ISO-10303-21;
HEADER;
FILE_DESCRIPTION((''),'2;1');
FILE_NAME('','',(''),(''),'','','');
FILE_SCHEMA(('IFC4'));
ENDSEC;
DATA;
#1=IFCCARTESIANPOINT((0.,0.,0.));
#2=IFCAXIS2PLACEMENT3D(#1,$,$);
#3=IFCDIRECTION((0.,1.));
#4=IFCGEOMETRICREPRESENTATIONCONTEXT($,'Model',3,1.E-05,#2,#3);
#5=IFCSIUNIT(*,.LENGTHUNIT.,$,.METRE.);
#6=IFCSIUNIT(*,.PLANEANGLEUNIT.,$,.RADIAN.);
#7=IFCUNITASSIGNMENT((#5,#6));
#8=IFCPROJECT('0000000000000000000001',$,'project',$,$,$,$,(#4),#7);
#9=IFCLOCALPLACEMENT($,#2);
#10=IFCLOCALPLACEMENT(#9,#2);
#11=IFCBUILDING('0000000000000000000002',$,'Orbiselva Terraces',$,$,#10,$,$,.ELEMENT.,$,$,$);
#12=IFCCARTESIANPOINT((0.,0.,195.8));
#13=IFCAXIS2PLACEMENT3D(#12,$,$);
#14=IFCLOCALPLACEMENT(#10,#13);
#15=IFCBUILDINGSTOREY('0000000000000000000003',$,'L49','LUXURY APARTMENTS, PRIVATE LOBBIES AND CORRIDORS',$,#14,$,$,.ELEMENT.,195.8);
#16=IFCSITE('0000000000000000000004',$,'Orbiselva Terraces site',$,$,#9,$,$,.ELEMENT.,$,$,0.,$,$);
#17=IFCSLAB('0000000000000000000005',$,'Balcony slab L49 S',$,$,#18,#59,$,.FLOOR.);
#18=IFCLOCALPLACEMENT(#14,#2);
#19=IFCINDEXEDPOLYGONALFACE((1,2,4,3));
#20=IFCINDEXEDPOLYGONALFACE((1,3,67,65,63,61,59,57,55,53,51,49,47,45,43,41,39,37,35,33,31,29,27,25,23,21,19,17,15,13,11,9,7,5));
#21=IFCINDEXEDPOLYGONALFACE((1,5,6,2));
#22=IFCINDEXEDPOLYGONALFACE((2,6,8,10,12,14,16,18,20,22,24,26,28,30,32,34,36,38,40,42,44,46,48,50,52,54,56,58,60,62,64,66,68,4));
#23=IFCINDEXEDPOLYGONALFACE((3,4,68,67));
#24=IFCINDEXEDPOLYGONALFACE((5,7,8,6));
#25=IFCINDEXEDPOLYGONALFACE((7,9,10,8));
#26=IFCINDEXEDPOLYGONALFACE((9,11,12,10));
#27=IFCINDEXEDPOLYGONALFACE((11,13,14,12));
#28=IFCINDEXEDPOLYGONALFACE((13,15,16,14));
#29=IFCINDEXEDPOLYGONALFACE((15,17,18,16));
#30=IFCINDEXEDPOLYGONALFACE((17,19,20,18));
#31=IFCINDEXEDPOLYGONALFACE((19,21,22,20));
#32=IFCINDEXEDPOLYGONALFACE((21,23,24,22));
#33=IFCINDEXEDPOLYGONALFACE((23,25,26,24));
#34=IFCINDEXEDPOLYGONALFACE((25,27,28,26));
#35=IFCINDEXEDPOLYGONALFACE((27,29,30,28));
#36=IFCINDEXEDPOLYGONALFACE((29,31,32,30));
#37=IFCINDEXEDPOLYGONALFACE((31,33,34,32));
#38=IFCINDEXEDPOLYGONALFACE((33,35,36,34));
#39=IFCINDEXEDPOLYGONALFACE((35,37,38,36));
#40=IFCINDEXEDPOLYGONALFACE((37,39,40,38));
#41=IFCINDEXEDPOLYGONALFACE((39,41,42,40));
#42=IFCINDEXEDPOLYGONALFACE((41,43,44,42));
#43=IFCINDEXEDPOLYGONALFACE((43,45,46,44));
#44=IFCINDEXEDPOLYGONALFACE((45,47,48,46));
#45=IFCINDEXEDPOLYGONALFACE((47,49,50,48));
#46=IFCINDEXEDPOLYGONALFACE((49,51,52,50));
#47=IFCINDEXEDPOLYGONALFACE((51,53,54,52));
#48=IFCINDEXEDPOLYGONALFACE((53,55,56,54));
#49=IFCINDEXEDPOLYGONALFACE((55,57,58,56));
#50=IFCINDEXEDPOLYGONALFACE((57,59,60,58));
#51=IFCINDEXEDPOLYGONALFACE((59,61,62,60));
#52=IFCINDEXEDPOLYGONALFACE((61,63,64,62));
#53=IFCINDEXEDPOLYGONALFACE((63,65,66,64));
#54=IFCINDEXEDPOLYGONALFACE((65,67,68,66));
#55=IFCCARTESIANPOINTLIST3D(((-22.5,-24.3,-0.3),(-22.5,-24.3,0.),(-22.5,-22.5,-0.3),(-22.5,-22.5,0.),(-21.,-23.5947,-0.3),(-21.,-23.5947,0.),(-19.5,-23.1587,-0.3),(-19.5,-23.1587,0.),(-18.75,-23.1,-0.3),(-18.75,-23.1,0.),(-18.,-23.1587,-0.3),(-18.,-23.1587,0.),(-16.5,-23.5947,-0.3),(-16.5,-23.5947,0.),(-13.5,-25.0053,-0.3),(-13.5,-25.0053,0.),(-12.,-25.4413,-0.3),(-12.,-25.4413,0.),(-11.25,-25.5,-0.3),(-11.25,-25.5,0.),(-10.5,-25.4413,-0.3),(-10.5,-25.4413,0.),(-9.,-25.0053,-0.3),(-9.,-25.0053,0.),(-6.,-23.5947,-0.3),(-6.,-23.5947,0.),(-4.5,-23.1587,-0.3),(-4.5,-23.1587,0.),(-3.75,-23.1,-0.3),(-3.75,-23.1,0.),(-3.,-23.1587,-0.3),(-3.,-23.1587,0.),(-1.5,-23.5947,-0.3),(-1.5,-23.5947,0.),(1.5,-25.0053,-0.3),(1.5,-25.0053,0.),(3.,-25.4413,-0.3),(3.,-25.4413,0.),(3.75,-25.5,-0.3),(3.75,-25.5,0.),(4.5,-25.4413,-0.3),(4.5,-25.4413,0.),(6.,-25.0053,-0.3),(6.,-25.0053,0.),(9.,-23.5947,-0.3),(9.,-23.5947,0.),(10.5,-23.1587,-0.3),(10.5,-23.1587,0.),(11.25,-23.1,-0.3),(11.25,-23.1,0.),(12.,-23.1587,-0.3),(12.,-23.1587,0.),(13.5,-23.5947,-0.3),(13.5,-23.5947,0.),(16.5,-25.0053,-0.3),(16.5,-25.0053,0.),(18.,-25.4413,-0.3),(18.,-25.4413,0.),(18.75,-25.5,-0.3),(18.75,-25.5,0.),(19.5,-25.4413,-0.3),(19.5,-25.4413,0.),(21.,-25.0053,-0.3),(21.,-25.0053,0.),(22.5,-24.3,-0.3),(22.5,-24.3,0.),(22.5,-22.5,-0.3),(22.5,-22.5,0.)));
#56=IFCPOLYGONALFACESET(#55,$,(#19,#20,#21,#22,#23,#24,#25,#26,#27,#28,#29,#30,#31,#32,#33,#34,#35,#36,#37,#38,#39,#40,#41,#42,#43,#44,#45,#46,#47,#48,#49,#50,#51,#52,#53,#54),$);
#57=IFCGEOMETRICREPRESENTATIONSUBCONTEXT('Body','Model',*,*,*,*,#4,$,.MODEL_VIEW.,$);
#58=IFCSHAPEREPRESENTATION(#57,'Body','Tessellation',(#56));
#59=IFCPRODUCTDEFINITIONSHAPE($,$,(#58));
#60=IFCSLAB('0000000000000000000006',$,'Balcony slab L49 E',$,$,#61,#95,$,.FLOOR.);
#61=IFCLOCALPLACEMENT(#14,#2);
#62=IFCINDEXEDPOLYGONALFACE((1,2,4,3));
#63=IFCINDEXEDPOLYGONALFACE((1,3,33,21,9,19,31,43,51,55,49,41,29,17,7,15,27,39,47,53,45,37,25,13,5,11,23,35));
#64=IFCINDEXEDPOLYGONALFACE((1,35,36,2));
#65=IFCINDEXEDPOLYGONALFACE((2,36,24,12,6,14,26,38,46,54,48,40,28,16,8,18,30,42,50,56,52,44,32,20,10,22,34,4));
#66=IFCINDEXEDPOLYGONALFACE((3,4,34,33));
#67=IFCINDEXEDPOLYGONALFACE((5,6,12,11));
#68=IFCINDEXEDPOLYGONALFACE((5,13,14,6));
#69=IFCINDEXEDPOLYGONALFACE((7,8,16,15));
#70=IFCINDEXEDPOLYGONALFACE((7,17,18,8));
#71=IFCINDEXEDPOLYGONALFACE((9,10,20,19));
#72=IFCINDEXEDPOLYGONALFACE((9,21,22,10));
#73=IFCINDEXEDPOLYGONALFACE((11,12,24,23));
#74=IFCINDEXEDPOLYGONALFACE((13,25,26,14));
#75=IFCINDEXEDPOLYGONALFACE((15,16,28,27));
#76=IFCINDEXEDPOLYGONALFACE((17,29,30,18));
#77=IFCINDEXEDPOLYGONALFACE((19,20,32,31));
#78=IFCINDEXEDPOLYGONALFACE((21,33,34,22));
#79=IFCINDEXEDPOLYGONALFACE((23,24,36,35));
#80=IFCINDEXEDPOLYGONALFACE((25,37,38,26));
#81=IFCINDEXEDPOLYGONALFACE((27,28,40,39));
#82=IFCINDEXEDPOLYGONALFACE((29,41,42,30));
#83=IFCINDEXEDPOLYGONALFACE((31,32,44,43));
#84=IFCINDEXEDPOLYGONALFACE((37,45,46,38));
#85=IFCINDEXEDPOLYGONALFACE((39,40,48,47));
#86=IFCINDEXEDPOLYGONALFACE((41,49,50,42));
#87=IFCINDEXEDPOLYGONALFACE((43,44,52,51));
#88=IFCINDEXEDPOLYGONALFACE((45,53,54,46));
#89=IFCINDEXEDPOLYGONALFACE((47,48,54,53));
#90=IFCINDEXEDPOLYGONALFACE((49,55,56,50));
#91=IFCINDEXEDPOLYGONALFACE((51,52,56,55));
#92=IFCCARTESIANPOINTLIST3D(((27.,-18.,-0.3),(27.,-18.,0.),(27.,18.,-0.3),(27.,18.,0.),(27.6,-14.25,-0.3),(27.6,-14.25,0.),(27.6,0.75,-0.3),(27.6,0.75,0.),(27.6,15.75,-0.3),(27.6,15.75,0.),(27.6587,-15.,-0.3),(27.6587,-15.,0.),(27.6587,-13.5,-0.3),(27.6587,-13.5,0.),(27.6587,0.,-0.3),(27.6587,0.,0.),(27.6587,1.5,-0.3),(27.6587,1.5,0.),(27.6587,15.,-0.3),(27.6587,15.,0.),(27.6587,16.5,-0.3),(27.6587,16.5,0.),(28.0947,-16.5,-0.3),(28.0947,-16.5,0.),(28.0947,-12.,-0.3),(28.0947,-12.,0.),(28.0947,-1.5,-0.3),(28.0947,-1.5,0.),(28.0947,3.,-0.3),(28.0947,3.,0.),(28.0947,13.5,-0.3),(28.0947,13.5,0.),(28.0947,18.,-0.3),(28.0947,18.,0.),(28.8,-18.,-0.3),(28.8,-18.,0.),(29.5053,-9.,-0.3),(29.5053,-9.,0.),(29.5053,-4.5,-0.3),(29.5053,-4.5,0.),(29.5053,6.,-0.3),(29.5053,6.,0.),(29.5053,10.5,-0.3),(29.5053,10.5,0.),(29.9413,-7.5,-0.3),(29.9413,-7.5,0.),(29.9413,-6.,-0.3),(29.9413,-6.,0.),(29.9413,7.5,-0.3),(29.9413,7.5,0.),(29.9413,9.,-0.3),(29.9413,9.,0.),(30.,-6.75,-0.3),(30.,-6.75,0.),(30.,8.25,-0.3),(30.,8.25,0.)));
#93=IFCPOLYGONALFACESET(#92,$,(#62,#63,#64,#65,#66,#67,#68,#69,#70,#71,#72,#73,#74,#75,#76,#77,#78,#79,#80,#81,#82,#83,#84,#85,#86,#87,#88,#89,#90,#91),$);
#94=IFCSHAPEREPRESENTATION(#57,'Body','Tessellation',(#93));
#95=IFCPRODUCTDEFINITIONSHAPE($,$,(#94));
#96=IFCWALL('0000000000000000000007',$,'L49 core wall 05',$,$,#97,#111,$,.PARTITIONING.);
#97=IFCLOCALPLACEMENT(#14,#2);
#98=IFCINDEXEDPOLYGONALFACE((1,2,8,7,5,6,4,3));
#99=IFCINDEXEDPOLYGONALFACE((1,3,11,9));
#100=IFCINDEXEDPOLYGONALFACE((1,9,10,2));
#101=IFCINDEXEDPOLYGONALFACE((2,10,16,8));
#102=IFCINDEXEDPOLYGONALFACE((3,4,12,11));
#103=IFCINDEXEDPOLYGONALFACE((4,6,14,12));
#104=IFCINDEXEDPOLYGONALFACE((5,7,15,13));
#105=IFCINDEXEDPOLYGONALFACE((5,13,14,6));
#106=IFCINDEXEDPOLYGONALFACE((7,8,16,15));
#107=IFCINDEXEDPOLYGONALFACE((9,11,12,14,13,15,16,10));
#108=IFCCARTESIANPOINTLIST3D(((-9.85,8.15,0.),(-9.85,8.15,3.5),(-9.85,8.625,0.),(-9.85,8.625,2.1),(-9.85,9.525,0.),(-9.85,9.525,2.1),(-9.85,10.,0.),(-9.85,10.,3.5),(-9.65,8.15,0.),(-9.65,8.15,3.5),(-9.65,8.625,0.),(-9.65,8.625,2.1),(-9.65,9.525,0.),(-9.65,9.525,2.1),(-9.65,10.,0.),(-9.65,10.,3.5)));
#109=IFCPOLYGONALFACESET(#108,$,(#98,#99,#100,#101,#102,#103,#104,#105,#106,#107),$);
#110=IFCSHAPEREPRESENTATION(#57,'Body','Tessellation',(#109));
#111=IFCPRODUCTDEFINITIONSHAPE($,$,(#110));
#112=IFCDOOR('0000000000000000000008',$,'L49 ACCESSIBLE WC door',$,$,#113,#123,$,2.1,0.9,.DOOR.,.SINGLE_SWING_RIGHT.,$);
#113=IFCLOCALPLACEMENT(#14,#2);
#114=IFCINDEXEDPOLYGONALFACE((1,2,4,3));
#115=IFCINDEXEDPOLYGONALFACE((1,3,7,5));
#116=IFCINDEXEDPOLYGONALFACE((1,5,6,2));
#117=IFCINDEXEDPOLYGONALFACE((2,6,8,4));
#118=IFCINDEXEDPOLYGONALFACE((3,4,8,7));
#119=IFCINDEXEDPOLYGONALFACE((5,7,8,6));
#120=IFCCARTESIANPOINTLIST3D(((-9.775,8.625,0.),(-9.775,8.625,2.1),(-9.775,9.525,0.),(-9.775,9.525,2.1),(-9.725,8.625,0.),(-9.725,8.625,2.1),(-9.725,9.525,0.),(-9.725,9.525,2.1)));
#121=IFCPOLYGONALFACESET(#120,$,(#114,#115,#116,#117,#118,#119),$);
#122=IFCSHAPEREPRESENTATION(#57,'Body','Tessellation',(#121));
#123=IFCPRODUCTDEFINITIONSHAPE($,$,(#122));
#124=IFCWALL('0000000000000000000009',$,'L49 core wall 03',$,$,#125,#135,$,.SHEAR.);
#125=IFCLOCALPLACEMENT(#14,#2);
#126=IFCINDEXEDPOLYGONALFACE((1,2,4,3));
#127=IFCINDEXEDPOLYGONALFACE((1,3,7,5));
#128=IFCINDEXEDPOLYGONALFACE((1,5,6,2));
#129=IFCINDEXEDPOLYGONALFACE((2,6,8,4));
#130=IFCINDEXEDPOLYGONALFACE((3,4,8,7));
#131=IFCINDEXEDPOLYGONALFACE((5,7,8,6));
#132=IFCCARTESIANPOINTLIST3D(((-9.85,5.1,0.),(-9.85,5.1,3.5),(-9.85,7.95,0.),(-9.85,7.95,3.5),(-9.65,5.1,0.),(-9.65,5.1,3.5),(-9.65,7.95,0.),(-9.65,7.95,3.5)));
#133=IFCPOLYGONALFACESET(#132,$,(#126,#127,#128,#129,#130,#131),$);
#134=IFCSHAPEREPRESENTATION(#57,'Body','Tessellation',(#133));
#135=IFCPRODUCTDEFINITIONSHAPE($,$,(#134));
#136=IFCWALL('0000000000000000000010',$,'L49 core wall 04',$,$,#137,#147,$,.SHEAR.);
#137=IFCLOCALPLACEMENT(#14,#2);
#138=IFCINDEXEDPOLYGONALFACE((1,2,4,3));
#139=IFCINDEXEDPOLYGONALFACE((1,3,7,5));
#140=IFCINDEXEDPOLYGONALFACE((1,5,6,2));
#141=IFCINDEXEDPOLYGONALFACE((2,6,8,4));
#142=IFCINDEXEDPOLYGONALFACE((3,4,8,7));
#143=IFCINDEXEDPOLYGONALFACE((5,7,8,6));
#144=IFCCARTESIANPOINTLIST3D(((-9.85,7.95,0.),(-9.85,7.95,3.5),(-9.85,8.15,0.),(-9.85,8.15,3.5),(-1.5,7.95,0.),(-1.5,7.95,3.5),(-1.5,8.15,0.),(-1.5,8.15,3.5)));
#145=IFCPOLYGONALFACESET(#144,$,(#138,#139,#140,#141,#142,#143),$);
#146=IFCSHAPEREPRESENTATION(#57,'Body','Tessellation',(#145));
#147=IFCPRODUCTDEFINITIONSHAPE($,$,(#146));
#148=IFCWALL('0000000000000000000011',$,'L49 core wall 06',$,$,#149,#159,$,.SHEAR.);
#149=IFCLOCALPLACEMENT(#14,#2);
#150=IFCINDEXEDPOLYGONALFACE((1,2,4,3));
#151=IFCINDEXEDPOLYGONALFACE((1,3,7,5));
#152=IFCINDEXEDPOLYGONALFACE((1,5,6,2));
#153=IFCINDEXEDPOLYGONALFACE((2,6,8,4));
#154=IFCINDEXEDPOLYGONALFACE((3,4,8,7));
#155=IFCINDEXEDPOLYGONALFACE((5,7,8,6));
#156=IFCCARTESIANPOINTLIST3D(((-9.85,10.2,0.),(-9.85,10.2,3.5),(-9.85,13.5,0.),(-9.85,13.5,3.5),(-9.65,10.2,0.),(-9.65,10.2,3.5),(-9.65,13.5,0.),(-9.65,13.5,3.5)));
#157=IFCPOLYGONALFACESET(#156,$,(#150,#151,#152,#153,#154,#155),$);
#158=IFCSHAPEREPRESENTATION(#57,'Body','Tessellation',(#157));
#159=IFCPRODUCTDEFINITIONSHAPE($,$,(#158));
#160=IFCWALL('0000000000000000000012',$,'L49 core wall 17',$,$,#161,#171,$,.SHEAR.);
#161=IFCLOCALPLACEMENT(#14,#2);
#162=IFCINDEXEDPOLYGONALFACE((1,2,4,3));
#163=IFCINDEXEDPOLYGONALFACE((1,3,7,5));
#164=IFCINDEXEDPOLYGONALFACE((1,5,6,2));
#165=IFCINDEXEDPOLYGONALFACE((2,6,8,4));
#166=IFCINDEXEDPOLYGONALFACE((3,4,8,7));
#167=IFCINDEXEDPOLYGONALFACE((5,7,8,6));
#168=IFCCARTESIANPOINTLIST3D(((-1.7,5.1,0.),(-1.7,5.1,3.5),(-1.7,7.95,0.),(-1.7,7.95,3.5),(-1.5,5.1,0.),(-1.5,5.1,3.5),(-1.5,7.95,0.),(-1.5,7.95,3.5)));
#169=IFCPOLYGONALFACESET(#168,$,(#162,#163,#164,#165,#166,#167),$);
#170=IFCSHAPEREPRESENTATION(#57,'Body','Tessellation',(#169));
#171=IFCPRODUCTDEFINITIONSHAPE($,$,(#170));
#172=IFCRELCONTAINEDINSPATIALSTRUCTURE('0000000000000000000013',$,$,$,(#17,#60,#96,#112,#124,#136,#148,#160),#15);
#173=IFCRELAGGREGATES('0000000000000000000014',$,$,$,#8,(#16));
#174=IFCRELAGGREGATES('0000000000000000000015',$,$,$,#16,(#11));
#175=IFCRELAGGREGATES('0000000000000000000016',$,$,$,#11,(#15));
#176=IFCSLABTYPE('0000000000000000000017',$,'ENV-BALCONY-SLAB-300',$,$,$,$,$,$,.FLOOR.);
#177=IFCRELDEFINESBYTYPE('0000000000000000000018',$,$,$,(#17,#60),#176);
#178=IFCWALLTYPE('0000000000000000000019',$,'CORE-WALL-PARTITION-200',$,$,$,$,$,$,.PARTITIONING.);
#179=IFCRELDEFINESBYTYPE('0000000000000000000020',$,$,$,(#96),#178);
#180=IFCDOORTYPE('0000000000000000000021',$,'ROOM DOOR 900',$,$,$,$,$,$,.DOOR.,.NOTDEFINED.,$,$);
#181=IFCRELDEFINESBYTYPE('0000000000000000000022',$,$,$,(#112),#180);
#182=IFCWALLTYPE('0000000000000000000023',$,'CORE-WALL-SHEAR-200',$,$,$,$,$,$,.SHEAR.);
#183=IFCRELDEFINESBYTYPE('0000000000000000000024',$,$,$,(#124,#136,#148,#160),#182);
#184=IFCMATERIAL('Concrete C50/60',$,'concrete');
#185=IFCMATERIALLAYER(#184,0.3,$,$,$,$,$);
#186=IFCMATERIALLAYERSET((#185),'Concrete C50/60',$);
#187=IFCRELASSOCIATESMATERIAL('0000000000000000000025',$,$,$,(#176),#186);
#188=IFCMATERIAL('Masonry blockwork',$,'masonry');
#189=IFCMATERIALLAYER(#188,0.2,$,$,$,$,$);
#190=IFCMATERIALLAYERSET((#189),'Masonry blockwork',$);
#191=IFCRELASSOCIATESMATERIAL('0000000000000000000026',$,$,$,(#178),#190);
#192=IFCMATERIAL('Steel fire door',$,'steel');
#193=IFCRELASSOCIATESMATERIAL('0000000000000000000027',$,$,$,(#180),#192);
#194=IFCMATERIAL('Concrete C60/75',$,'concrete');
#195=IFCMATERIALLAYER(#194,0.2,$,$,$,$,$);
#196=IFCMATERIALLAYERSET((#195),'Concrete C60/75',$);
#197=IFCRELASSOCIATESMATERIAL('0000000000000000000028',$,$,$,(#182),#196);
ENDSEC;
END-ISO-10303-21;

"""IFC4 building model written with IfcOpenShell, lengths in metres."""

from ifc_helpers import new_model, si_unit, direction, frame, frame_2d, origin, place, context, subcontext, project, spatial, polyline, rectangle, outline, extrude, material, layer, layer_set, type_object, element, fill, save


model = new_model("IFC4")

# Units and contexts
model_context = context("Model", 3, precision=1e-05, world=origin(), true_north=direction((0.0, 1.0)))
body_context = subcontext(model_context, "Body", "Model", "MODEL_VIEW")
ifc_project = project(units=[si_unit("LENGTHUNIT", "METRE"), si_unit("PLANEANGLEUNIT", "RADIAN")], contexts=[model_context])

# Site, building, storey
site_placement = place(None, origin())
site = spatial("IfcSite", under=ifc_project, at=site_placement, Name="Orbiselva Terraces site", CompositionType="ELEMENT", RefElevation=0.0)
building_placement = place(site_placement, origin())
building = spatial("IfcBuilding", under=site, at=building_placement, Name="Orbiselva Terraces", CompositionType="ELEMENT")
storey_placement = place(building_placement, frame((0.0, 0.0, 195.8)))
storey = spatial("IfcBuildingStorey", under=building, at=storey_placement, Name="L49", Description="LUXURY APARTMENTS, PRIVATE LOBBIES AND CORRIDORS", CompositionType="ELEMENT", Elevation=195.8)

# Slabs
ifc_material_1 = material(Name="Concrete C50/60", Category="concrete")
ifc_layer_1 = layer(ifc_material_1, 0.3)
ifc_layer_set_1 = layer_set([ifc_layer_1], Name="Concrete C50/60")
slab_type = type_object("IfcSlabType", Name="ENV-BALCONY-SLAB-300", PredefinedType="FLOOR", material=ifc_layer_set_1)
slab_1_placement = place(storey_placement, frame((0.0, 0.0, -0.3)))
element("IfcSlab", 1, at=slab_1_placement, inside=storey, type_object=slab_type, Name="Balcony slab L49 S", PredefinedType="FLOOR", context=body_context, shape_type="SweptSolid", body=[
    extrude(outline(polyline([(-22.5, -24.3), (-21.0, -23.5947), (-19.5, -23.1587), (-18.75, -23.1), (-18.0, -23.1587), (-16.5, -23.5947), (-13.5, -25.0053), (-12.0, -25.4413), (-11.25, -25.5), (-10.5, -25.4413), (-9.0, -25.0053), (-6.0, -23.5947), (-4.5, -23.1587), (-3.75, -23.1), (-3.0, -23.1587), (-1.5, -23.5947), (1.5, -25.0053), (3.0, -25.4413), (3.75, -25.5), (4.5, -25.4413), (6.0, -25.0053), (9.0, -23.5947), (10.5, -23.1587), (11.25, -23.1), (12.0, -23.1587), (13.5, -23.5947), (16.5, -25.0053), (18.0, -25.4413), (18.75, -25.5), (19.5, -25.4413), (21.0, -25.0053), (22.5, -24.3), (22.5, -22.5), (-22.5, -22.5), (-22.5, -24.3)])), origin(), (0.0, 0.0, 1.0), 0.3),
])
slab_2_placement = place(storey_placement, frame((0.0, 0.0, -0.3)))
element("IfcSlab", 2, at=slab_2_placement, inside=storey, type_object=slab_type, Name="Balcony slab L49 E", PredefinedType="FLOOR", context=body_context, shape_type="SweptSolid", body=[
    extrude(outline(polyline([(28.8, -18.0), (28.0947, -16.5), (27.6587, -15.0), (27.6, -14.25), (27.6587, -13.5), (28.0947, -12.0), (29.5053, -9.0), (29.9413, -7.5), (30.0, -6.75), (29.9413, -6.0), (29.5053, -4.5), (28.0947, -1.5), (27.6587, 0.0), (27.6, 0.75), (27.6587, 1.5), (28.0947, 3.0), (29.5053, 6.0), (29.9413, 7.5), (30.0, 8.25), (29.9413, 9.0), (29.5053, 10.5), (28.0947, 13.5), (27.6587, 15.0), (27.6, 15.75), (27.6587, 16.5), (28.0947, 18.0), (27.0, 18.0), (27.0, -18.0), (28.8, -18.0)])), origin(), (0.0, 0.0, 1.0), 0.3),
])

# Wall, opening, door
ifc_material_2 = material(Name="Masonry blockwork", Category="masonry")
ifc_layer_2 = layer(ifc_material_2, 0.2)
ifc_layer_set_2 = layer_set([ifc_layer_2], Name="Masonry blockwork")
wall_type_1 = type_object("IfcWallType", Name="CORE-WALL-PARTITION-200", PredefinedType="PARTITIONING", material=ifc_layer_set_2)
wall_1_placement = place(storey_placement, frame((-9.75, 8.15, 0.0), z_axis=(0.0, 0.0, 1.0), x_axis=(0.0, 1.0, 0.0)))
wall_1 = element("IfcWall", 3, at=wall_1_placement, inside=storey, type_object=wall_type_1, Name="L49 core wall 05", PredefinedType="PARTITIONING", context=body_context, shape_type="SweptSolid", body=[
    extrude(rectangle(XDim=1.85, YDim=0.2, at=frame_2d((0.925, 0.0))), origin(), (0.0, 0.0, 1.0), 3.5),
])
opening_1_placement = place(wall_1_placement, frame((0.475, 0.0, 0.0)))
opening_1 = element("IfcOpeningElement", 4, at=opening_1_placement, cuts=wall_1, PredefinedType="OPENING", context=body_context, shape_type="SweptSolid", body=[
    extrude(rectangle(XDim=0.9, YDim=2.1, at=frame_2d((0.45, 1.05))), frame((0.0, 0.11, 0.0), z_axis=(0.0, -1.0, 0.0), x_axis=(1.0, 0.0, 0.0)), (0.0, 0.0, 1.0), 0.22),
])
ifc_material_3 = material(Name="Steel fire door", Category="steel")
door_type = type_object("IfcDoorType", Name="ROOM DOOR 900", OperationType="NOTDEFINED", PredefinedType="DOOR", material=ifc_material_3)
door_1_placement = place(opening_1_placement, origin())
door_1 = element("IfcDoor", 5, at=door_1_placement, inside=storey, type_object=door_type, Name="L49 ACCESSIBLE WC door", OperationType="SINGLE_SWING_RIGHT", OverallHeight=2.1, OverallWidth=0.9, PredefinedType="DOOR", context=body_context, shape_type="SweptSolid", body=[
    extrude(rectangle(XDim=0.9, YDim=2.1, at=frame_2d((0.45, 1.05))), frame((0.0, 0.025, 0.0), z_axis=(0.0, -1.0, 0.0), x_axis=(1.0, 0.0, 0.0)), (0.0, 0.0, 1.0), 0.05),
])
fill(opening_1, door_1)

# Walls
ifc_material_4 = material(Name="Concrete C60/75", Category="concrete")
ifc_layer_3 = layer(ifc_material_4, 0.2)
ifc_layer_set_3 = layer_set([ifc_layer_3], Name="Concrete C60/75")
wall_type_2 = type_object("IfcWallType", Name="CORE-WALL-SHEAR-200", PredefinedType="SHEAR", material=ifc_layer_set_3)
wall_2_placement = place(storey_placement, frame((-9.75, 5.1, 0.0), z_axis=(0.0, 0.0, 1.0), x_axis=(0.0, 1.0, 0.0)))
element("IfcWall", 6, at=wall_2_placement, inside=storey, type_object=wall_type_2, Name="L49 core wall 03", PredefinedType="SHEAR", context=body_context, shape_type="SweptSolid", body=[
    extrude(rectangle(XDim=2.85, YDim=0.2, at=frame_2d((1.425, 0.0))), origin(), (0.0, 0.0, 1.0), 3.5),
])
wall_3_placement = place(storey_placement, frame((-9.85, 8.05, 0.0), z_axis=(0.0, 0.0, 1.0), x_axis=(1.0, 0.0, 0.0)))
element("IfcWall", 7, at=wall_3_placement, inside=storey, type_object=wall_type_2, Name="L49 core wall 04", PredefinedType="SHEAR", context=body_context, shape_type="SweptSolid", body=[
    extrude(rectangle(XDim=8.35, YDim=0.2, at=frame_2d((4.175, 0.0))), origin(), (0.0, 0.0, 1.0), 3.5),
])
wall_4_placement = place(storey_placement, frame((-9.75, 10.2, 0.0), z_axis=(0.0, 0.0, 1.0), x_axis=(0.0, 1.0, 0.0)))
element("IfcWall", 8, at=wall_4_placement, inside=storey, type_object=wall_type_2, Name="L49 core wall 06", PredefinedType="SHEAR", context=body_context, shape_type="SweptSolid", body=[
    extrude(rectangle(XDim=3.3, YDim=0.2, at=frame_2d((1.65, 0.0))), origin(), (0.0, 0.0, 1.0), 3.5),
])
wall_5_placement = place(storey_placement, frame((-1.6, 5.1, 0.0), z_axis=(0.0, 0.0, 1.0), x_axis=(0.0, 1.0, 0.0)))
element("IfcWall", 9, at=wall_5_placement, inside=storey, type_object=wall_type_2, Name="L49 core wall 17", PredefinedType="SHEAR", context=body_context, shape_type="SweptSolid", body=[
    extrude(rectangle(XDim=2.85, YDim=0.2, at=frame_2d((1.425, 0.0))), origin(), (0.0, 0.0, 1.0), 3.5),
])

save(model, "model.ifc")
